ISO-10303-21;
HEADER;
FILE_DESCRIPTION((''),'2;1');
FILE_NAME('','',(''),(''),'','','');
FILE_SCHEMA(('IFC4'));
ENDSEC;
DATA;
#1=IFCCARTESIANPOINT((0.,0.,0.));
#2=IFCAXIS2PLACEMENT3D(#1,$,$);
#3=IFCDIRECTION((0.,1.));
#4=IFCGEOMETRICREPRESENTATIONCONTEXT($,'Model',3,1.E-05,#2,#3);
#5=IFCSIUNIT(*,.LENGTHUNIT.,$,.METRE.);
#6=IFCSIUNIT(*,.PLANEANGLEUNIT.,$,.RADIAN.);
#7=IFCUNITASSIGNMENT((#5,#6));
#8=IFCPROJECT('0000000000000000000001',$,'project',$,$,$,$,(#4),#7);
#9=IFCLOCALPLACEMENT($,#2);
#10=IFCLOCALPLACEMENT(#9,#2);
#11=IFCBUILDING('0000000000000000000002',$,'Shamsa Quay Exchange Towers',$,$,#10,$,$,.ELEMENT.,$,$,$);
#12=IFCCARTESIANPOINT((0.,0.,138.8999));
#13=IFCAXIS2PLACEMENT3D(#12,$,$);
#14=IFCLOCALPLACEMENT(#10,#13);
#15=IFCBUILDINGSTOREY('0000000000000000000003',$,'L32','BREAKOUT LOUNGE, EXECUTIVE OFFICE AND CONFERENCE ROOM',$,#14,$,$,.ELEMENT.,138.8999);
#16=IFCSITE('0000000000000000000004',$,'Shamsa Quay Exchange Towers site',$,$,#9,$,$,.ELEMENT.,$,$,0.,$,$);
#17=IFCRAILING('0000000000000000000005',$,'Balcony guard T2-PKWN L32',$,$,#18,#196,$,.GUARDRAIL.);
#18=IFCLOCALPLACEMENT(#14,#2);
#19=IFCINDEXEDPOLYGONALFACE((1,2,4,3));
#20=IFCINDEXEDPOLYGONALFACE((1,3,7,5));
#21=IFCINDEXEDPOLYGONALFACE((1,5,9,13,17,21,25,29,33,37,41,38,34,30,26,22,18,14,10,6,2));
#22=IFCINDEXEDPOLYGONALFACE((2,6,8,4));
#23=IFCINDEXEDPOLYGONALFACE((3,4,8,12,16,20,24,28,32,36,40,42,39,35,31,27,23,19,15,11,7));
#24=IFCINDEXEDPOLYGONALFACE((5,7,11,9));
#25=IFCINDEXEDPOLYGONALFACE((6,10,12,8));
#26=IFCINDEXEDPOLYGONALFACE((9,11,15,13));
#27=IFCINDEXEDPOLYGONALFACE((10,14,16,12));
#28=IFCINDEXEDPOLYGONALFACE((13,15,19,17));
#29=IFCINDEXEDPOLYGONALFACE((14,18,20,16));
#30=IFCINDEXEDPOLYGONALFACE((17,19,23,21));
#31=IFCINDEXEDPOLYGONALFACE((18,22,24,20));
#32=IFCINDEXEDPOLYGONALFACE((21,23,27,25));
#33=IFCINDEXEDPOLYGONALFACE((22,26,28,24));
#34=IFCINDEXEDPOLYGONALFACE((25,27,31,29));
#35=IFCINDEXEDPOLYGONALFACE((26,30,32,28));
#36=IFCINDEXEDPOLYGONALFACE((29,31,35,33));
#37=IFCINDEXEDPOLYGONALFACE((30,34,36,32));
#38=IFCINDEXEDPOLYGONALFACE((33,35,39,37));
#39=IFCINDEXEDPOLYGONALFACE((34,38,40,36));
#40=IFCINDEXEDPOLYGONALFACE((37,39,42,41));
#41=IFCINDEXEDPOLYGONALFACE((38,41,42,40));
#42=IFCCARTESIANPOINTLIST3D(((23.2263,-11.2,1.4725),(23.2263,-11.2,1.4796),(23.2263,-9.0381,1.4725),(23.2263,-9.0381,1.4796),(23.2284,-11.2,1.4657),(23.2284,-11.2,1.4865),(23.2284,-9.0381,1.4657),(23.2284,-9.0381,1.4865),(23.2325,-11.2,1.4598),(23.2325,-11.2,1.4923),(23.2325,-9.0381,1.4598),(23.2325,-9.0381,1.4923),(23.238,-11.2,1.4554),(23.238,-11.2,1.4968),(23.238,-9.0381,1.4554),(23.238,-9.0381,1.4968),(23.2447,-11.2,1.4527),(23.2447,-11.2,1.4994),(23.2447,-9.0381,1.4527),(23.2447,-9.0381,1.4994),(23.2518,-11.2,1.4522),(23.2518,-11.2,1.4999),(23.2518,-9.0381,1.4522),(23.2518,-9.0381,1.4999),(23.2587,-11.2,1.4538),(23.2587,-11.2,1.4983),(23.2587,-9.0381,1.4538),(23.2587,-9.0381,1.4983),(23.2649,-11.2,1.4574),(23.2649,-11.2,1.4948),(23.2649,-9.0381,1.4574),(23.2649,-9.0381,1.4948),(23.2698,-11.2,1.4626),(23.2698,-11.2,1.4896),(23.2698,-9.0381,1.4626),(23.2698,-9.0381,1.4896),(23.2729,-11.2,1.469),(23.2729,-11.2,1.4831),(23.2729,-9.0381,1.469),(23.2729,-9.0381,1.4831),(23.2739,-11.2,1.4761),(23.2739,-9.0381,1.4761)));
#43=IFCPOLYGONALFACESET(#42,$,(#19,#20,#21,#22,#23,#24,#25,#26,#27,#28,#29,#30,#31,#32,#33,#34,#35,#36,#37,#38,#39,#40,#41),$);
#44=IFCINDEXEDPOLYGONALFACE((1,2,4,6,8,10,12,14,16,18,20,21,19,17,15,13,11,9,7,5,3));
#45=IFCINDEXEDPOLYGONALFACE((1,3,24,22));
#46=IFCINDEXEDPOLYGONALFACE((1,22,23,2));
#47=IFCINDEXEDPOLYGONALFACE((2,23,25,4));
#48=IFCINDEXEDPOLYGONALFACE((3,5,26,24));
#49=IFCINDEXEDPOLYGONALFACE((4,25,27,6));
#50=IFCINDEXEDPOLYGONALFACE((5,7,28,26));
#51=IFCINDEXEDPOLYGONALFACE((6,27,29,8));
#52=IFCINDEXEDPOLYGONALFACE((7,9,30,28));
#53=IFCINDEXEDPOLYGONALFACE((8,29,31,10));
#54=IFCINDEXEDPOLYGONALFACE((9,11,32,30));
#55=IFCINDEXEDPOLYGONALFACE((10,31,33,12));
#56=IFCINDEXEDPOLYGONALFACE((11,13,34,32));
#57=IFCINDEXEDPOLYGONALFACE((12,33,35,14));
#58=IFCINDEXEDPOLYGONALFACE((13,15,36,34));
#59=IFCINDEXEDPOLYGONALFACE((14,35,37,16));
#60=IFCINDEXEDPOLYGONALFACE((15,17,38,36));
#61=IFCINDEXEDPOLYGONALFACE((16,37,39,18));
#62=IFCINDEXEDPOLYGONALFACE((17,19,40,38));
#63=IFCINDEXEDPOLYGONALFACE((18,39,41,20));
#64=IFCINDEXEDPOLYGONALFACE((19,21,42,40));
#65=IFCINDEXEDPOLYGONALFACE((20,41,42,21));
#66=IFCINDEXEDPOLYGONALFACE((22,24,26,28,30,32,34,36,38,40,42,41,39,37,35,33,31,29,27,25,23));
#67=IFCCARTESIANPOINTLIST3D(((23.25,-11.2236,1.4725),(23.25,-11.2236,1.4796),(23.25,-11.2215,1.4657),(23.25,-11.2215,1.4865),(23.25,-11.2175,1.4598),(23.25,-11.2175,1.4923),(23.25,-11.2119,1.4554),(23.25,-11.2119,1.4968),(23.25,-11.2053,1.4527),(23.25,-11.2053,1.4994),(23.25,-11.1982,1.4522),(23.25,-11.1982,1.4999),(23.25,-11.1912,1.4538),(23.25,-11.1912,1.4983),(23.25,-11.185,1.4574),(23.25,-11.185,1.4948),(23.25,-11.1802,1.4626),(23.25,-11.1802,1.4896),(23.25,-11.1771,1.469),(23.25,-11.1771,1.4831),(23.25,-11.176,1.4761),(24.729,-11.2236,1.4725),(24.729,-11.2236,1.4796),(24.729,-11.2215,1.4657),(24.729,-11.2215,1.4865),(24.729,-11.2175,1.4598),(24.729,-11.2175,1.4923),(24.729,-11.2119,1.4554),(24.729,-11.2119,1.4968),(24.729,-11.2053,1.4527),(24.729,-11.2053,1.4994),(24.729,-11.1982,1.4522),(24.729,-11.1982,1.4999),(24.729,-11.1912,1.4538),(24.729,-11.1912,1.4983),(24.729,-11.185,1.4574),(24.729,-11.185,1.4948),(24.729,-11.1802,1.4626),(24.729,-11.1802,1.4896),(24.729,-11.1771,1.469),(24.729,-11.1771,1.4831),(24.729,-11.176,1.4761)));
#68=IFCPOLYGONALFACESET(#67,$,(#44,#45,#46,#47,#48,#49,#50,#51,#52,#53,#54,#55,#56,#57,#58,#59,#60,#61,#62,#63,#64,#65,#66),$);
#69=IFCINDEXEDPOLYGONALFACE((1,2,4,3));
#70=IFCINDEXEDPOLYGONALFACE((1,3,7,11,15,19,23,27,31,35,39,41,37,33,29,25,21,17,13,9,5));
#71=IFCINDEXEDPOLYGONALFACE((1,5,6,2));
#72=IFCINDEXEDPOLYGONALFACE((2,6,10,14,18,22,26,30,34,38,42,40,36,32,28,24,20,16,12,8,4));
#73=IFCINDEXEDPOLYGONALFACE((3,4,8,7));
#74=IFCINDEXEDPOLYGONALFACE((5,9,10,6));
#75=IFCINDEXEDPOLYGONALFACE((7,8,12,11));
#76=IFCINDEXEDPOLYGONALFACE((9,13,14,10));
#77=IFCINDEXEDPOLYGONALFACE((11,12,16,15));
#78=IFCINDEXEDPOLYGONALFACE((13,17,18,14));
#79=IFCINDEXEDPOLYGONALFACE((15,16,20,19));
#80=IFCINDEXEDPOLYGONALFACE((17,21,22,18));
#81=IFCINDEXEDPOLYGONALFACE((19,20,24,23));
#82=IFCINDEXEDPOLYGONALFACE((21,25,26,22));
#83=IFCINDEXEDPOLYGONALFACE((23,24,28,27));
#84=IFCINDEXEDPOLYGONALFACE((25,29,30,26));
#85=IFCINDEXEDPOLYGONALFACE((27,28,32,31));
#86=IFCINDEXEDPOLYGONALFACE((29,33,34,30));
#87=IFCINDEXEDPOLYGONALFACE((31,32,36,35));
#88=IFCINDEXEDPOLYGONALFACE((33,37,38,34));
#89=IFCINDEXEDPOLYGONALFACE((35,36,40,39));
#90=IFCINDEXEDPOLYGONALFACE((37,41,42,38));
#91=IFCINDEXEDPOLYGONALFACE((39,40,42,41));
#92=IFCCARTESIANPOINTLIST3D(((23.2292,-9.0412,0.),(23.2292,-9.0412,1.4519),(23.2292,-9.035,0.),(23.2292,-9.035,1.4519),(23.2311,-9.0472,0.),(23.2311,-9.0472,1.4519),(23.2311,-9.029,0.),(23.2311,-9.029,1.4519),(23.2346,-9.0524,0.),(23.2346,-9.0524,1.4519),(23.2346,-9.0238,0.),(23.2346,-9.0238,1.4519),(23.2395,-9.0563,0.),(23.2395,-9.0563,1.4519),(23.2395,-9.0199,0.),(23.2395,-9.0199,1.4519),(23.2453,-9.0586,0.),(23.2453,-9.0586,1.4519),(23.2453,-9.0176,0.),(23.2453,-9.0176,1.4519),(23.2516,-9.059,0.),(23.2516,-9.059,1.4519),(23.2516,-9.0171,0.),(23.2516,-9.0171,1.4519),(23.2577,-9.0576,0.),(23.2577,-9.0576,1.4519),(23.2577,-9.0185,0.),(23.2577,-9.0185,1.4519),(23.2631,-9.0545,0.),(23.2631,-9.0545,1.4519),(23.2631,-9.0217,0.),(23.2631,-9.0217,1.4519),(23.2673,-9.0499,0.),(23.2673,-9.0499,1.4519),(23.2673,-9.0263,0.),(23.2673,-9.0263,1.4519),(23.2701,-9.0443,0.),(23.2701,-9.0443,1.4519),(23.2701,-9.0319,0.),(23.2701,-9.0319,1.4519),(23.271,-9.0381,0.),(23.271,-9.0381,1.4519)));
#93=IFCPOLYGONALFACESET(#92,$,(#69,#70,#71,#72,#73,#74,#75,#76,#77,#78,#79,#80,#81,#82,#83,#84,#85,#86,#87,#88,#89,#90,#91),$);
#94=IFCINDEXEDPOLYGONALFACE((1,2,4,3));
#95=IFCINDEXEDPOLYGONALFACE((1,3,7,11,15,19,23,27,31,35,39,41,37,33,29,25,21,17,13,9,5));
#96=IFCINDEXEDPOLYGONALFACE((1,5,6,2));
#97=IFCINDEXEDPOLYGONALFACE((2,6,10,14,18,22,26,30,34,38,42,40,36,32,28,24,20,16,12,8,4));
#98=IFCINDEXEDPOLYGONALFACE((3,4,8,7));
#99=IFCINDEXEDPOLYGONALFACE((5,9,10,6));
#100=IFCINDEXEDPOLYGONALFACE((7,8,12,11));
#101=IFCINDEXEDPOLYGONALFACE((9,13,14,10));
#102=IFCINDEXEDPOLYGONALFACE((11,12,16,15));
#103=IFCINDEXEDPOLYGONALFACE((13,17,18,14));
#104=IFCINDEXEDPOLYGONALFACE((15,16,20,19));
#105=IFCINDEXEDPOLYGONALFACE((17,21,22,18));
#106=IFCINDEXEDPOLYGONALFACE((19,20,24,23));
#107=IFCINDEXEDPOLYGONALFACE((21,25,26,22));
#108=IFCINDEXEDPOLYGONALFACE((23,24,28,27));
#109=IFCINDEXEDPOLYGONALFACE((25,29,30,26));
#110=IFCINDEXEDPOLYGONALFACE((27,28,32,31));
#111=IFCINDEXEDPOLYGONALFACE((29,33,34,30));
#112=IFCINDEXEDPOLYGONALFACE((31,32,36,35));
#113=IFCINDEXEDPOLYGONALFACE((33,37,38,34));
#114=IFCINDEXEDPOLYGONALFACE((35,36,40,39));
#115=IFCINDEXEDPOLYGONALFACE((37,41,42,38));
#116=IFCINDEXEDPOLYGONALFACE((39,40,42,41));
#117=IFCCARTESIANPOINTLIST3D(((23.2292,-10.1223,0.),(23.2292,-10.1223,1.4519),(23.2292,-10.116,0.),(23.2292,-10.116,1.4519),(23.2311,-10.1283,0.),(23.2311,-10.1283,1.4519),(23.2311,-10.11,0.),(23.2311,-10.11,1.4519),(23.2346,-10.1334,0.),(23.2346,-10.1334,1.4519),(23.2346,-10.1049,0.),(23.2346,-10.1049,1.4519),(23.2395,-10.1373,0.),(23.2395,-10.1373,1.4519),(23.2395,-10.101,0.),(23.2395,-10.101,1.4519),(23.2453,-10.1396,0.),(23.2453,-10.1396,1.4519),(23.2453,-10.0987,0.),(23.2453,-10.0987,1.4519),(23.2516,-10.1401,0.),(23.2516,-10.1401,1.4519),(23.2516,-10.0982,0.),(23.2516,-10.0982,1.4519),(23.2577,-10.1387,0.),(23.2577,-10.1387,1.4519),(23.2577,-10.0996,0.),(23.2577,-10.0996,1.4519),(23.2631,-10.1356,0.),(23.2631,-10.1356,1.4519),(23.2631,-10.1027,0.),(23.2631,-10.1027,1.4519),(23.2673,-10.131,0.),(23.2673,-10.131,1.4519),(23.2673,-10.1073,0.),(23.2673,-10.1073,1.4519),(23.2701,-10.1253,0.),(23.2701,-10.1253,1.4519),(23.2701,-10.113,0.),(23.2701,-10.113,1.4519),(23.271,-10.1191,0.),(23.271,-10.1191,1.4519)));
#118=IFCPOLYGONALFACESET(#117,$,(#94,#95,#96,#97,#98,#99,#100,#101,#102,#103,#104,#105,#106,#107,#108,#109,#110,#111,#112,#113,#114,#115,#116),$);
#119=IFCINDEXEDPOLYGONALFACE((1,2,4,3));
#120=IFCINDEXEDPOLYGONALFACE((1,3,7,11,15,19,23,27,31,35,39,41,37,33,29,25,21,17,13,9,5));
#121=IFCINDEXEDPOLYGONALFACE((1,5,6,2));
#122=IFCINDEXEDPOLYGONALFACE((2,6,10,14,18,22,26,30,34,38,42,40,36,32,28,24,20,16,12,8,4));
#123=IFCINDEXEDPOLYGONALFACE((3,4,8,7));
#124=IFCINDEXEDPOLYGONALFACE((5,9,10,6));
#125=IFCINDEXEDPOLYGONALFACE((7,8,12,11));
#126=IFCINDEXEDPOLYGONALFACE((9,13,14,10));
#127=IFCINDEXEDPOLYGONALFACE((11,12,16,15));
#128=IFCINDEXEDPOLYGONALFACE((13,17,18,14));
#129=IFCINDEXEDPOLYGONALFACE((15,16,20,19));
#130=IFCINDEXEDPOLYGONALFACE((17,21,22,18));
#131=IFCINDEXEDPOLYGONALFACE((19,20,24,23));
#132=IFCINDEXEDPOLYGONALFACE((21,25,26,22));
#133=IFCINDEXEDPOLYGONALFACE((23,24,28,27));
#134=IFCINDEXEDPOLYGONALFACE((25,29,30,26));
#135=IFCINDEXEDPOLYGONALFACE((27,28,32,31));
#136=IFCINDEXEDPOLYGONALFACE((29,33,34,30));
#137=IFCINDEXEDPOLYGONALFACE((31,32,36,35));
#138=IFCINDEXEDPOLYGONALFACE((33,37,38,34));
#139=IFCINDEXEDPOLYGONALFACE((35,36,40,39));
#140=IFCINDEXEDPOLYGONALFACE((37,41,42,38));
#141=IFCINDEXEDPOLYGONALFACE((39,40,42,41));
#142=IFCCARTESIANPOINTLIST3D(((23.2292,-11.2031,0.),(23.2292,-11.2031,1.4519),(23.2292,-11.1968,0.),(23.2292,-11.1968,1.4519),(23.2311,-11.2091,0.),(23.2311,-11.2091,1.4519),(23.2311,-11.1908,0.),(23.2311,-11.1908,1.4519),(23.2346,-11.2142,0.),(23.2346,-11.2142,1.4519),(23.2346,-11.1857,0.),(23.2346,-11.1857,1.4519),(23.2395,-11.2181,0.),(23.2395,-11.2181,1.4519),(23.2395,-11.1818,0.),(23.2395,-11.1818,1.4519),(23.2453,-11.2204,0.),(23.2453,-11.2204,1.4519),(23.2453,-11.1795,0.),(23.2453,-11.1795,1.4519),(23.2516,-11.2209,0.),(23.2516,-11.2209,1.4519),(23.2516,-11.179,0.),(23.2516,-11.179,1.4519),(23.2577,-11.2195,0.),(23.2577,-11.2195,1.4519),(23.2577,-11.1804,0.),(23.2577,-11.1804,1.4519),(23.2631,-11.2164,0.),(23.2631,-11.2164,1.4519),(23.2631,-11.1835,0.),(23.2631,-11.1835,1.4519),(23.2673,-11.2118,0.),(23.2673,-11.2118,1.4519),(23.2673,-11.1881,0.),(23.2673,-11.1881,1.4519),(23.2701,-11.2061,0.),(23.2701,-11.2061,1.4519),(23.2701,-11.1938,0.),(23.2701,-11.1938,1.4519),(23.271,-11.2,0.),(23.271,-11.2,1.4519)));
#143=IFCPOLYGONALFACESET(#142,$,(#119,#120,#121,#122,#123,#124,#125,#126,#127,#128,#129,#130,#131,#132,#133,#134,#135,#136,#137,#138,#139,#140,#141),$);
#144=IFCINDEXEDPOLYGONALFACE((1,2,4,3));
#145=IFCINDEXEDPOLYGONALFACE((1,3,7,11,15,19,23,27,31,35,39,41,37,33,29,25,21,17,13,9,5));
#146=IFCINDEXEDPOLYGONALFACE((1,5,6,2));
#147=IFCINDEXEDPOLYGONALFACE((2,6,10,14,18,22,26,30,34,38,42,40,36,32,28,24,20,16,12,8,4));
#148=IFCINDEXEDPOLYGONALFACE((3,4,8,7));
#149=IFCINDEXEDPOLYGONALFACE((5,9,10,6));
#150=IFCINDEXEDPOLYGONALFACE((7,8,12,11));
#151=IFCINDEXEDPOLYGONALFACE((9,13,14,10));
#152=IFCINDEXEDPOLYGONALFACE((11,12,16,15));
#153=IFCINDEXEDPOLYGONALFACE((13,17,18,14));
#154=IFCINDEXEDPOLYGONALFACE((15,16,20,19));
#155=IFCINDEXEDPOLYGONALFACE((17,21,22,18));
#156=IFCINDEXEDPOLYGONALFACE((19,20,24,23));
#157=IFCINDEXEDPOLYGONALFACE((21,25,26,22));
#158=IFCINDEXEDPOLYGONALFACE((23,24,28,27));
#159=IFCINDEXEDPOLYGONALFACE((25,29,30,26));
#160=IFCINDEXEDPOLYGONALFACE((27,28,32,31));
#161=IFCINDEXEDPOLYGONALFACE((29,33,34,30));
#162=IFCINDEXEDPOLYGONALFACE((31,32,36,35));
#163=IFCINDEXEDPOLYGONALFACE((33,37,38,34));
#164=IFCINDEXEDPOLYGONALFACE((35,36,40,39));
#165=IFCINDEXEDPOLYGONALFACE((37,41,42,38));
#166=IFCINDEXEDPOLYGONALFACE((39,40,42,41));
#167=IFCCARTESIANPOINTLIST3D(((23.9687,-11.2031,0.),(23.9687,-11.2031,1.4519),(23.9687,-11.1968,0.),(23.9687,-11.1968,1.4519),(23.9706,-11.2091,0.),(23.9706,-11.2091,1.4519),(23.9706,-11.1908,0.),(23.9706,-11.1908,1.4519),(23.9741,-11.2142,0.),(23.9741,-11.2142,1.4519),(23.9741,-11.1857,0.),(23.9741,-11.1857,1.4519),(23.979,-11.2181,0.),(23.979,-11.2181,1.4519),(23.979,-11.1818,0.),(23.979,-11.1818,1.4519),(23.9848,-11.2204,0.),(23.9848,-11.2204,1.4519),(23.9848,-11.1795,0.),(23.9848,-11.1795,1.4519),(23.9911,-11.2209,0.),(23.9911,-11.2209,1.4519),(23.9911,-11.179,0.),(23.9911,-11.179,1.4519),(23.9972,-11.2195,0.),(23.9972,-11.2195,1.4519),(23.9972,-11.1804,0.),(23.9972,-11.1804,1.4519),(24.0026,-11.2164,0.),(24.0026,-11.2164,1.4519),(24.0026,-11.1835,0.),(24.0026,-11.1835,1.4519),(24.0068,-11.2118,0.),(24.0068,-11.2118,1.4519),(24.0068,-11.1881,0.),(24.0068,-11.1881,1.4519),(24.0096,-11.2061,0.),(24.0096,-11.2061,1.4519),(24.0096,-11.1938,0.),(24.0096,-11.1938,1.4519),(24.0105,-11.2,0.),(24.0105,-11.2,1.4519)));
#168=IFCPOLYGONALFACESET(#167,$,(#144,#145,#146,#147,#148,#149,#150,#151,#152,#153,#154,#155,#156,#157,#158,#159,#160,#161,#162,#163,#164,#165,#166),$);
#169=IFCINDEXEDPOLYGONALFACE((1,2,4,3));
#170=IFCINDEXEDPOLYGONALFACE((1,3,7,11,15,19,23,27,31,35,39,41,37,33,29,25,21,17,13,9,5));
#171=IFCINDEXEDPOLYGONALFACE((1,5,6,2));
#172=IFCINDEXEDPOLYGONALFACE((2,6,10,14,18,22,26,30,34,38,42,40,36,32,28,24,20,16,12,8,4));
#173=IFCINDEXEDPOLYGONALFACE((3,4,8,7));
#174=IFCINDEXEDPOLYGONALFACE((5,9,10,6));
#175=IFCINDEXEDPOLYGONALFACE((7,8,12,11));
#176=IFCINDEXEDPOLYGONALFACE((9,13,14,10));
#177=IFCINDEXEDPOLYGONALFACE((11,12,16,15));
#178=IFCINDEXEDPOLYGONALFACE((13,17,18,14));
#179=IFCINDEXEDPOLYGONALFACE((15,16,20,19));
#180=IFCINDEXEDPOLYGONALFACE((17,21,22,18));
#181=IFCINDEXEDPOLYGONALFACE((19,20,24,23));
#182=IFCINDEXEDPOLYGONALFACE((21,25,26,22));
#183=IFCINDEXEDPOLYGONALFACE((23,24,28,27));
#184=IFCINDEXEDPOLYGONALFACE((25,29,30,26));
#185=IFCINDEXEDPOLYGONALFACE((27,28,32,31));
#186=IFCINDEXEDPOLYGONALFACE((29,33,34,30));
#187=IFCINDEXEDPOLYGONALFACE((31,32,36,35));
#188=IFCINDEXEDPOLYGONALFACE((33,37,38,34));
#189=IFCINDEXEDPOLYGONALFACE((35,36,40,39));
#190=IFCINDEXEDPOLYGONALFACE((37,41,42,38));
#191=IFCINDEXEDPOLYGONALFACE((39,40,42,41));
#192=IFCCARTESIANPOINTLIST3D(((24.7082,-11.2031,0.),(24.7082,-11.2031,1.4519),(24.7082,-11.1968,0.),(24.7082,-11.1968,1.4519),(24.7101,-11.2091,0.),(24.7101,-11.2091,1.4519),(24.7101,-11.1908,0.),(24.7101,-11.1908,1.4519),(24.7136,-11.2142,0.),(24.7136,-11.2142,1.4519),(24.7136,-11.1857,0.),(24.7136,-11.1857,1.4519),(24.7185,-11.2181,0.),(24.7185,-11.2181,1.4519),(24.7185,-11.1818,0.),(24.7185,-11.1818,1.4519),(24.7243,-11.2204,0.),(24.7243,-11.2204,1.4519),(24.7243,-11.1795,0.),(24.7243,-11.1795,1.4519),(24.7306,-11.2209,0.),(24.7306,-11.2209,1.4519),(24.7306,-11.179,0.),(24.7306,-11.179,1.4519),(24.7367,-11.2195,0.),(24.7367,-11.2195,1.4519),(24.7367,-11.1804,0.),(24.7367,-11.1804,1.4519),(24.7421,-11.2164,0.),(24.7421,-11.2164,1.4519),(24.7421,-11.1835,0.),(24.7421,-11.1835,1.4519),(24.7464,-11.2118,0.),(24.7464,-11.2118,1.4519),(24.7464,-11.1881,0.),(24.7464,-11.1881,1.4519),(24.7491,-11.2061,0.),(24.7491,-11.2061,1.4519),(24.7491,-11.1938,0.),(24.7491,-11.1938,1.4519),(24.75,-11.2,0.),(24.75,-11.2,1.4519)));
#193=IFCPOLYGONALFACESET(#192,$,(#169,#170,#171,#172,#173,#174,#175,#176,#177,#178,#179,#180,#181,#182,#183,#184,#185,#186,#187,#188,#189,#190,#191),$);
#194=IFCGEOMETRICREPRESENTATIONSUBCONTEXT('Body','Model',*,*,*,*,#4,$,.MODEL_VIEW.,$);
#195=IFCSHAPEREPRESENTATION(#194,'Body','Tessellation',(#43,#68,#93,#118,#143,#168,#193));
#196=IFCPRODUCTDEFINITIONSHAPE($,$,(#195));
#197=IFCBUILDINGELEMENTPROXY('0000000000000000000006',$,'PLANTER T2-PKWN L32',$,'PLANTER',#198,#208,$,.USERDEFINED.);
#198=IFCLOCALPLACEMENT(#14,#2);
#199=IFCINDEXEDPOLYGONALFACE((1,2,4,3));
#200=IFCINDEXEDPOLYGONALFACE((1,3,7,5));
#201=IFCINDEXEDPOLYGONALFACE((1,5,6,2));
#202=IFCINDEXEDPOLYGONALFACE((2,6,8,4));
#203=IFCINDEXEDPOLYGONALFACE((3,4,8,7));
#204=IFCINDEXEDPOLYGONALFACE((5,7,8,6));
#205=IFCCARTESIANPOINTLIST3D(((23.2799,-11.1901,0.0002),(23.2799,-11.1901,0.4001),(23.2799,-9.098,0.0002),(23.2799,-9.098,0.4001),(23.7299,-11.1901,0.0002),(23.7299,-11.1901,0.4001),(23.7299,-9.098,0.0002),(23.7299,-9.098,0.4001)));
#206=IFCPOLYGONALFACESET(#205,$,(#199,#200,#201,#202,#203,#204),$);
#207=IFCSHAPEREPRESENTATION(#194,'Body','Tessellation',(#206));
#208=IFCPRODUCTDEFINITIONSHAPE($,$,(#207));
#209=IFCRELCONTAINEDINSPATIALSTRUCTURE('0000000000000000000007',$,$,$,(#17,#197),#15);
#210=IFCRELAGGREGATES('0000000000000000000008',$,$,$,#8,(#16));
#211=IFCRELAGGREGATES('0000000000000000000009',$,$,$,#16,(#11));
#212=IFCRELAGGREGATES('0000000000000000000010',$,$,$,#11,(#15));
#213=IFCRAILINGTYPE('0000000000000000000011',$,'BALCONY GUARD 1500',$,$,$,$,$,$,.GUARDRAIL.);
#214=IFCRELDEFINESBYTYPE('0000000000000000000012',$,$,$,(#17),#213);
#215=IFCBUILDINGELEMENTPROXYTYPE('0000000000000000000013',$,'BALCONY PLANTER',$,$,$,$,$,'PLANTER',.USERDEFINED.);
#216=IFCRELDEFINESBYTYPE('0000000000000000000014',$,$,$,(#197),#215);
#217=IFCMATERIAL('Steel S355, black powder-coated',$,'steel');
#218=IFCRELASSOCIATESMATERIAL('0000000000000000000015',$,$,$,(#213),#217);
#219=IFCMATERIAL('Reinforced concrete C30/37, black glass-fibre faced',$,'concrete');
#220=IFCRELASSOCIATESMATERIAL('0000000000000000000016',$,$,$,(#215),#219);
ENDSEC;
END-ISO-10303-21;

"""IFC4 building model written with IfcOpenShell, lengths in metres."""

from ifc_helpers import new_model, si_unit, direction, frame, origin, origin_2d, place, context, subcontext, project, spatial, rectangle, circle, extrude, material, type_object, element, save


model = new_model("IFC4")

# Units and contexts
model_context = context("Model", 3, precision=1e-05, world=origin(), true_north=direction((0.0, 1.0)))
body_context = subcontext(model_context, "Body", "Model", "MODEL_VIEW")
ifc_project = project(units=[si_unit("LENGTHUNIT", "METRE"), si_unit("PLANEANGLEUNIT", "RADIAN")], contexts=[model_context])

# Site, building, storey
site_placement = place(None, origin())
site = spatial("IfcSite", under=ifc_project, at=site_placement, Name="Shamsa Quay Exchange Towers site", CompositionType="ELEMENT", RefElevation=0.0)
building_placement = place(site_placement, origin())
building = spatial("IfcBuilding", under=site, at=building_placement, Name="Shamsa Quay Exchange Towers", CompositionType="ELEMENT")
storey_placement = place(building_placement, frame((0.0, 0.0, 138.8999)))
storey = spatial("IfcBuildingStorey", under=building, at=storey_placement, Name="L32", Description="BREAKOUT LOUNGE, EXECUTIVE OFFICE AND CONFERENCE ROOM", CompositionType="ELEMENT", Elevation=138.8999)

# Railing
ifc_material_1 = material(Name="Steel S355, black powder-coated", Category="steel")
railing_type = type_object("IfcRailingType", Name="BALCONY GUARD 1500", PredefinedType="GUARDRAIL", material=ifc_material_1)
railing_placement = place(storey_placement, frame((23.25, -9.0381, 0.0)))
element("IfcRailing", 1, at=railing_placement, inside=storey, type_object=railing_type, Name="Balcony guard T2-PKWN L32", PredefinedType="GUARDRAIL", context=body_context, shape_type="SweptSolid", body=[
    extrude(circle(Radius=0.0239, at=origin_2d()), frame((0.0, 0.0, 1.4761), z_axis=(0.0, -1.0, 0.0), x_axis=(1.0, 0.0, 0.0)), (0.0, 0.0, 1.0), 2.1619),
    extrude(circle(Radius=0.0239, at=origin_2d()), frame((0.0, -2.1619, 1.4761), z_axis=(1.0, 0.0, 0.0), x_axis=(0.0, 1.0, 0.0)), (0.0, 0.0, 1.0), 1.479),
    extrude(circle(Radius=0.021, at=origin_2d()), origin(), (0.0, 0.0, 1.0), 1.4519),
    extrude(circle(Radius=0.021, at=origin_2d()), frame((0.0, -1.0811, 0.0)), (0.0, 0.0, 1.0), 1.4519),
    extrude(circle(Radius=0.021, at=origin_2d()), frame((0.0, -2.1619, 0.0)), (0.0, 0.0, 1.0), 1.4519),
    extrude(circle(Radius=0.021, at=origin_2d()), frame((0.7395, -2.1619, 0.0)), (0.0, 0.0, 1.0), 1.4519),
    extrude(circle(Radius=0.021, at=origin_2d()), frame((1.479, -2.1619, 0.0)), (0.0, 0.0, 1.0), 1.4519),
])

# Building element proxy
ifc_material_2 = material(Name="Reinforced concrete C30/37, black glass-fibre faced", Category="concrete")
building_element_proxy_type = type_object("IfcBuildingElementProxyType", Name="BALCONY PLANTER", ElementType="PLANTER", PredefinedType="USERDEFINED", material=ifc_material_2)
proxy_placement = place(storey_placement, frame((23.5049, -10.144, 0.0002), z_axis=(0.0, 0.0, 1.0), x_axis=(0.0, -1.0, 0.0)))
element("IfcBuildingElementProxy", 2, at=proxy_placement, inside=storey, type_object=building_element_proxy_type, Name="PLANTER T2-PKWN L32", ObjectType="PLANTER", PredefinedType="USERDEFINED", context=body_context, shape_type="SweptSolid", body=[
    extrude(rectangle(XDim=2.092, YDim=0.45, at=origin_2d()), origin(), (0.0, 0.0, 1.0), 0.3999),
])

save(model, "model.ifc")
